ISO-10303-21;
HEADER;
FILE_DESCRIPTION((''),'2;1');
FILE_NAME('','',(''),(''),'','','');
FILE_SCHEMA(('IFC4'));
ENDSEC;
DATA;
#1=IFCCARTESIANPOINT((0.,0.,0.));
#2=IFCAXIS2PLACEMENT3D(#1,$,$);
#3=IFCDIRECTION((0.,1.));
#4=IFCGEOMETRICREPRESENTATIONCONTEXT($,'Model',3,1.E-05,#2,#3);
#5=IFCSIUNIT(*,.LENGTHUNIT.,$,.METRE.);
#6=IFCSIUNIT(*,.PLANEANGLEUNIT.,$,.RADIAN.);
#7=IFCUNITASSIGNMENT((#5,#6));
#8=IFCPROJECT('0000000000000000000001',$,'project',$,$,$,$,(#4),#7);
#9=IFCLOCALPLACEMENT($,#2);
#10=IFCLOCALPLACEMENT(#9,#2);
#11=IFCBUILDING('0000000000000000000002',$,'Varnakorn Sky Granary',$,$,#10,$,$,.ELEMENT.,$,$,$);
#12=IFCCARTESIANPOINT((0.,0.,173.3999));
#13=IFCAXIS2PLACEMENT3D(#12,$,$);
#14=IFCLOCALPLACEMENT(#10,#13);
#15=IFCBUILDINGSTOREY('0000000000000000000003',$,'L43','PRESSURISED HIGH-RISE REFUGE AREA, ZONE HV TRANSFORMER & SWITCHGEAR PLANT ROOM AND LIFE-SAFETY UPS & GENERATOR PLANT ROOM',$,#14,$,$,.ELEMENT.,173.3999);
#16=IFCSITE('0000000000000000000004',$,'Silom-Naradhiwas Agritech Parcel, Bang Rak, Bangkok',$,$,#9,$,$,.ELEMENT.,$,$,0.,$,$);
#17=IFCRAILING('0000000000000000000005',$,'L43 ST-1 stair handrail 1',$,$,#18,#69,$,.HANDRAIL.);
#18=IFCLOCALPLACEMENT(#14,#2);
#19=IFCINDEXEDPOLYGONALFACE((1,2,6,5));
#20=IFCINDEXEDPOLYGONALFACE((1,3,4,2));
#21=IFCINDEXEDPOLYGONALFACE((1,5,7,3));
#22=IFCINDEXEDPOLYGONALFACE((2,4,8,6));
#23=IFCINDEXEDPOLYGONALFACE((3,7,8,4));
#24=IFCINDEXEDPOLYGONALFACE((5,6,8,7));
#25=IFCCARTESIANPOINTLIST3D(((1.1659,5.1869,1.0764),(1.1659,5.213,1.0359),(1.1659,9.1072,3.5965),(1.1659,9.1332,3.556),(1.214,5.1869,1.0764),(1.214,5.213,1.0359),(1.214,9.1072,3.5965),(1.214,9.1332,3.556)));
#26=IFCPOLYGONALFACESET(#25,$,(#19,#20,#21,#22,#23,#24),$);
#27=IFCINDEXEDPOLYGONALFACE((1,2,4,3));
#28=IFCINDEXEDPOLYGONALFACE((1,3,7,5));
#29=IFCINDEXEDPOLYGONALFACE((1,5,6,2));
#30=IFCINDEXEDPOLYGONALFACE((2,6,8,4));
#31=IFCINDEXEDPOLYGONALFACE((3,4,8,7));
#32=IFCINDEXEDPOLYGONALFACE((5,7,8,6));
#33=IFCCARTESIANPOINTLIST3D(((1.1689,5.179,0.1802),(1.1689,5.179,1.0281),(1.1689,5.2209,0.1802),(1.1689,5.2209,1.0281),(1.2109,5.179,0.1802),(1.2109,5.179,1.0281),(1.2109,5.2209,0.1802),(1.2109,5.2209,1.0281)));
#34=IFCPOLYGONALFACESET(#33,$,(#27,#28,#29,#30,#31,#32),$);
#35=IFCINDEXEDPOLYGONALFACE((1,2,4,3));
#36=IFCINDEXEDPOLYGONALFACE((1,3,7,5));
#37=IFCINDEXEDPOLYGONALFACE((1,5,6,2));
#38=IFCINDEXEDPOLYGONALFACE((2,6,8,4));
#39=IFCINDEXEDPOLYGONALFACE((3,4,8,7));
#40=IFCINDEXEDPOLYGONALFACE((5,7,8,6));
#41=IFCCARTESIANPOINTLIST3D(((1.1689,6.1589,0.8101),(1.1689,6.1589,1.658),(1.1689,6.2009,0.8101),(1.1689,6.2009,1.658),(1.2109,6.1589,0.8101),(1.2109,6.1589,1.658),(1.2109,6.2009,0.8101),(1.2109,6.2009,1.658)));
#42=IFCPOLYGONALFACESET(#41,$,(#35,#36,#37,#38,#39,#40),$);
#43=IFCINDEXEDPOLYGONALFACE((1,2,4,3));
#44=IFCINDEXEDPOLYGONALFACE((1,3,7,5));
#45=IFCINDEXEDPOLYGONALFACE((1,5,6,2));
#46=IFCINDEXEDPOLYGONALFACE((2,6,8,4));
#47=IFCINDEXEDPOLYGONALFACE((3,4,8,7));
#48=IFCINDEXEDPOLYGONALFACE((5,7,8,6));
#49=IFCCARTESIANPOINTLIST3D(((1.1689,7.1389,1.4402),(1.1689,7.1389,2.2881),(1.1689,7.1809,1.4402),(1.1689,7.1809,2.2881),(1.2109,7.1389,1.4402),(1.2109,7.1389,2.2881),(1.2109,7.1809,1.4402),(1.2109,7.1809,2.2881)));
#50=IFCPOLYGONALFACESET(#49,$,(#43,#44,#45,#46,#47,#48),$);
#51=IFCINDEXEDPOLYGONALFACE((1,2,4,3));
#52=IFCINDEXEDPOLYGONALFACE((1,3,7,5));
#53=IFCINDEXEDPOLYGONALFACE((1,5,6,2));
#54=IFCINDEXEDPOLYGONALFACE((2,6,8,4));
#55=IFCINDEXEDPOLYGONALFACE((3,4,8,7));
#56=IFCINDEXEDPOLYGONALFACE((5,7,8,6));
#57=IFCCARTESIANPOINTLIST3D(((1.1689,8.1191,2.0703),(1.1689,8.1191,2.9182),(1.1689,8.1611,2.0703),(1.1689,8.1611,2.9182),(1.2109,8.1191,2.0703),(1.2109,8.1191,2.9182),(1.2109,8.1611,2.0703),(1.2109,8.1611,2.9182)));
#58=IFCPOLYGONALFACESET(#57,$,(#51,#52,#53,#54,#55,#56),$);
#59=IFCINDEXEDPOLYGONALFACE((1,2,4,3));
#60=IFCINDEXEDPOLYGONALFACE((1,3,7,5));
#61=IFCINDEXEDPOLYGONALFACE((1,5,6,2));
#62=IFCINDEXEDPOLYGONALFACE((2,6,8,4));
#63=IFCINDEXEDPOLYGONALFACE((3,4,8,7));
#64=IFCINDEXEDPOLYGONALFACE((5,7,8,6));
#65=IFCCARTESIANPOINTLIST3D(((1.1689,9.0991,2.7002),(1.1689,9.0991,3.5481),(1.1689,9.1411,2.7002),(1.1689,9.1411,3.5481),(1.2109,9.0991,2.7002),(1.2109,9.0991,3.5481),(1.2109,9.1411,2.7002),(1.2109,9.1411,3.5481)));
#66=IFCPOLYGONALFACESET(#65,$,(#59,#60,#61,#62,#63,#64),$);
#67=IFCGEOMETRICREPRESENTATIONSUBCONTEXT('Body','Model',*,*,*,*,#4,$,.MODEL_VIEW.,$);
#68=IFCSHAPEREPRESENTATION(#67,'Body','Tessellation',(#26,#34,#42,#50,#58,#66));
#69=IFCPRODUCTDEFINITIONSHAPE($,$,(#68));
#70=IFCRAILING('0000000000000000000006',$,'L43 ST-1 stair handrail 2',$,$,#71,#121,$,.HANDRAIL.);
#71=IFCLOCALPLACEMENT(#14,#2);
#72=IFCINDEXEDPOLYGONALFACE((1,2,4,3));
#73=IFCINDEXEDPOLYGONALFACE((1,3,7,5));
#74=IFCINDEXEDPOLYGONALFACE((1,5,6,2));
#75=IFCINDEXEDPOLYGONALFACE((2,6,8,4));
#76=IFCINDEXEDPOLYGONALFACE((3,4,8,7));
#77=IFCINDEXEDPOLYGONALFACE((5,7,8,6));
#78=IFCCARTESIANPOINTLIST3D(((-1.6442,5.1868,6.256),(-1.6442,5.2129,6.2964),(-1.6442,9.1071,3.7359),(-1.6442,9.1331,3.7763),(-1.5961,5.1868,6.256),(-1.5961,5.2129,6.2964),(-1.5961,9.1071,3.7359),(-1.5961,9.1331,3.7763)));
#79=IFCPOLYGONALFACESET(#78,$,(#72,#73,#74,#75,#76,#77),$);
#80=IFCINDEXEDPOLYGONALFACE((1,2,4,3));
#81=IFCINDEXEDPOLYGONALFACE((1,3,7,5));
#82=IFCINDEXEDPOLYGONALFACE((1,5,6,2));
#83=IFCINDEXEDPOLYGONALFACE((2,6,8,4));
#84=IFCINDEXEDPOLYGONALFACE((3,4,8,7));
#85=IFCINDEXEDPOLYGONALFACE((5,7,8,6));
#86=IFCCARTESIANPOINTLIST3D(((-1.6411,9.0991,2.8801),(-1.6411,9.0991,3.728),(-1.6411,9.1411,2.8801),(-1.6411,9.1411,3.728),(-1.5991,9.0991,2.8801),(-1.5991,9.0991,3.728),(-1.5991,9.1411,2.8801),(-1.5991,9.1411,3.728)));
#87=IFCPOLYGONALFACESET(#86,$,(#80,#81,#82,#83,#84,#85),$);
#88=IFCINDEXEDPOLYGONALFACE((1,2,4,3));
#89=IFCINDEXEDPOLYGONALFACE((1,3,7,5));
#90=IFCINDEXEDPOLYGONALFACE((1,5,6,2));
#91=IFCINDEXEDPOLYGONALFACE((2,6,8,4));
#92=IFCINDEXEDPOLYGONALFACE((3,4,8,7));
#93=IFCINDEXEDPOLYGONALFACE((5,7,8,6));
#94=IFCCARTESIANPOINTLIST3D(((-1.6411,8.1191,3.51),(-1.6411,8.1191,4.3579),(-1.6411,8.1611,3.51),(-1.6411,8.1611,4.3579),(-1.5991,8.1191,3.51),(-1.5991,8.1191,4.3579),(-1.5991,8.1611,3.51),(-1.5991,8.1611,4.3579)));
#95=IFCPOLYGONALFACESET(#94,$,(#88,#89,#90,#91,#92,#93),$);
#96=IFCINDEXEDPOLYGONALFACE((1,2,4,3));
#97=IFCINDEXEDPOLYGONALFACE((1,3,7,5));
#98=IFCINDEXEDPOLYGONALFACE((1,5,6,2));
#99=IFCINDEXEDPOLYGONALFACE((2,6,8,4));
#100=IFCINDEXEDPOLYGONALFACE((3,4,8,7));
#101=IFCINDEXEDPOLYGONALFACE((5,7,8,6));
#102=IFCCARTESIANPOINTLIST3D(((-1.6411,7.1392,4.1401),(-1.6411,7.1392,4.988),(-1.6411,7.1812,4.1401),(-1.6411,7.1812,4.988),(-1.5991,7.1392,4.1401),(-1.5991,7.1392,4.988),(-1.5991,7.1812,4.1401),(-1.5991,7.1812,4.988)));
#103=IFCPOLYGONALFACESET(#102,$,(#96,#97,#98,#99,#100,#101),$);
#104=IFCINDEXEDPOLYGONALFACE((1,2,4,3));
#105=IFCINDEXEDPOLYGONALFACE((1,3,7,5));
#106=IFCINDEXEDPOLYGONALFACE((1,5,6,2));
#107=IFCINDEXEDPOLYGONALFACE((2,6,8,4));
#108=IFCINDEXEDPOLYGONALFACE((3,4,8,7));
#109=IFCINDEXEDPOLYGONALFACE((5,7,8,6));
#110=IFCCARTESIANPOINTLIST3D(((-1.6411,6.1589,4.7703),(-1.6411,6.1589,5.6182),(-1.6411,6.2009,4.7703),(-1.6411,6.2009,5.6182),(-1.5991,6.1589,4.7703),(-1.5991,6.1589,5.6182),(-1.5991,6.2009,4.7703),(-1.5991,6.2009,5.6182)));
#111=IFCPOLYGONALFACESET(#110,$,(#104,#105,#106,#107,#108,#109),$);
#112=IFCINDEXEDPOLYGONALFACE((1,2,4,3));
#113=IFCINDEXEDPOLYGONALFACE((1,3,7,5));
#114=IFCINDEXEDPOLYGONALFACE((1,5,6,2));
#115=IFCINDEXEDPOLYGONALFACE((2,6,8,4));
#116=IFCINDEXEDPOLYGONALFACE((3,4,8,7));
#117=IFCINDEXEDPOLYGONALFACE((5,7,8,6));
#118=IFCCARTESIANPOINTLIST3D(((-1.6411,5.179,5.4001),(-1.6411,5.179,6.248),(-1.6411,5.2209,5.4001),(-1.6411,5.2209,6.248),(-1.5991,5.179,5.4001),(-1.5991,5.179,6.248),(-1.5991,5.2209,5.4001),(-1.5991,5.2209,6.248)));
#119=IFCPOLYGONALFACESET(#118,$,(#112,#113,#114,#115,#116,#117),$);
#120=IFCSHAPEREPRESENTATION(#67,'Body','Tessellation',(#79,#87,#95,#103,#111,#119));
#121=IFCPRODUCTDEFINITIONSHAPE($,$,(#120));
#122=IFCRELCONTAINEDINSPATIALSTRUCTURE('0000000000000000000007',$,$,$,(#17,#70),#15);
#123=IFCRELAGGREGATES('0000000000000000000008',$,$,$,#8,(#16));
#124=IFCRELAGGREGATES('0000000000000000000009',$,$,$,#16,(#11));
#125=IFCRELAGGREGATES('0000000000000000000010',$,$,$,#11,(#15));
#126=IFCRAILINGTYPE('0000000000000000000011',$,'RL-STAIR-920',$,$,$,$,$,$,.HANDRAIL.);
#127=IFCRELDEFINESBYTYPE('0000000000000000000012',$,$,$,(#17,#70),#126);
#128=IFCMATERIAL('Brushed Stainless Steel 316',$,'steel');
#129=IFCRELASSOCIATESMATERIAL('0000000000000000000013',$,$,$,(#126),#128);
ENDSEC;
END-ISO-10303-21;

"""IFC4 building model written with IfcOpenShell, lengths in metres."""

from ifc_helpers import new_model, si_unit, direction, frame, origin, origin_2d, place, context, subcontext, project, spatial, rectangle, extrude, material, type_object, element, save


model = new_model("IFC4")

# Units and contexts
model_context = context("Model", 3, precision=1e-05, world=origin(), true_north=direction((0.0, 1.0)))
body_context = subcontext(model_context, "Body", "Model", "MODEL_VIEW")
ifc_project = project(units=[si_unit("LENGTHUNIT", "METRE"), si_unit("PLANEANGLEUNIT", "RADIAN")], contexts=[model_context])

# Site, building, storey
site_placement = place(None, origin())
site = spatial("IfcSite", under=ifc_project, at=site_placement, Name="Silom-Naradhiwas Agritech Parcel, Bang Rak, Bangkok", CompositionType="ELEMENT", RefElevation=0.0)
building_placement = place(site_placement, origin())
building = spatial("IfcBuilding", under=site, at=building_placement, Name="Varnakorn Sky Granary", CompositionType="ELEMENT")
storey_placement = place(building_placement, frame((0.0, 0.0, 173.3999)))
storey = spatial("IfcBuildingStorey", under=building, at=storey_placement, Name="L43", Description="PRESSURISED HIGH-RISE REFUGE AREA, ZONE HV TRANSFORMER & SWITCHGEAR PLANT ROOM AND LIFE-SAFETY UPS & GENERATOR PLANT ROOM", CompositionType="ELEMENT", Elevation=173.3999)

# Railings
ifc_material_1 = material(Name="Brushed Stainless Steel 316", Category="steel")
railing_type_1 = type_object("IfcRailingType", Name="RL-STAIR-920", PredefinedType="HANDRAIL", material=ifc_material_1)
railing_1_placement = place(storey_placement, frame((1.1899, 5.2, 0.1802)))
element("IfcRailing", 1, at=railing_1_placement, inside=storey, type_object=railing_type_1, Name="L43 ST-1 stair handrail 1", PredefinedType="HANDRAIL", context=body_context, shape_type="SweptSolid", body=[
    extrude(rectangle(XDim=0.0481, YDim=0.0481, at=origin_2d()), frame((0.0, 0.0, 0.876), z_axis=(0.0, 0.841187, 0.540744), x_axis=(-1.0, 0.0, 0.0)), (0.0, 0.0, 1.0), 4.6604),
    extrude(rectangle(XDim=0.042, YDim=0.042, at=origin_2d()), origin(), (0.0, 0.0, 1.0), 0.8479),
    extrude(rectangle(XDim=0.042, YDim=0.042, at=origin_2d()), frame((0.0, 0.98, 0.6299)), (0.0, 0.0, 1.0), 0.8479),
    extrude(rectangle(XDim=0.042, YDim=0.042, at=origin_2d()), frame((0.0, 1.96, 1.26)), (0.0, 0.0, 1.0), 0.8479),
    extrude(rectangle(XDim=0.042, YDim=0.042, at=origin_2d()), frame((0.0, 2.9402, 1.8901)), (0.0, 0.0, 1.0), 0.8479),
    extrude(rectangle(XDim=0.042, YDim=0.042, at=origin_2d()), frame((0.0, 3.9202, 2.52)), (0.0, 0.0, 1.0), 0.8479),
])
railing_2_placement = place(storey_placement, frame((-1.6201, 9.1201, 2.8801)))
element("IfcRailing", 2, at=railing_2_placement, inside=storey, type_object=railing_type_1, Name="L43 ST-1 stair handrail 2", PredefinedType="HANDRAIL", context=body_context, shape_type="SweptSolid", body=[
    extrude(rectangle(XDim=0.0481, YDim=0.0481, at=origin_2d()), frame((0.0, 0.0, 0.876), z_axis=(0.0, -0.841187, 0.540744), x_axis=(1.0, 0.0, 0.0)), (0.0, 0.0, 1.0), 4.6604),
    extrude(rectangle(XDim=0.042, YDim=0.042, at=origin_2d()), origin(), (0.0, 0.0, 1.0), 0.8479),
    extrude(rectangle(XDim=0.042, YDim=0.042, at=origin_2d()), frame((0.0, -0.98, 0.6299)), (0.0, 0.0, 1.0), 0.8479),
    extrude(rectangle(XDim=0.042, YDim=0.042, at=origin_2d()), frame((0.0, -1.96, 1.26)), (0.0, 0.0, 1.0), 0.8479),
    extrude(rectangle(XDim=0.042, YDim=0.042, at=origin_2d()), frame((0.0, -2.9402, 1.8901)), (0.0, 0.0, 1.0), 0.8479),
    extrude(rectangle(XDim=0.042, YDim=0.042, at=origin_2d()), frame((0.0, -3.9202, 2.52)), (0.0, 0.0, 1.0), 0.8479),
])

save(model, "model.ifc")
